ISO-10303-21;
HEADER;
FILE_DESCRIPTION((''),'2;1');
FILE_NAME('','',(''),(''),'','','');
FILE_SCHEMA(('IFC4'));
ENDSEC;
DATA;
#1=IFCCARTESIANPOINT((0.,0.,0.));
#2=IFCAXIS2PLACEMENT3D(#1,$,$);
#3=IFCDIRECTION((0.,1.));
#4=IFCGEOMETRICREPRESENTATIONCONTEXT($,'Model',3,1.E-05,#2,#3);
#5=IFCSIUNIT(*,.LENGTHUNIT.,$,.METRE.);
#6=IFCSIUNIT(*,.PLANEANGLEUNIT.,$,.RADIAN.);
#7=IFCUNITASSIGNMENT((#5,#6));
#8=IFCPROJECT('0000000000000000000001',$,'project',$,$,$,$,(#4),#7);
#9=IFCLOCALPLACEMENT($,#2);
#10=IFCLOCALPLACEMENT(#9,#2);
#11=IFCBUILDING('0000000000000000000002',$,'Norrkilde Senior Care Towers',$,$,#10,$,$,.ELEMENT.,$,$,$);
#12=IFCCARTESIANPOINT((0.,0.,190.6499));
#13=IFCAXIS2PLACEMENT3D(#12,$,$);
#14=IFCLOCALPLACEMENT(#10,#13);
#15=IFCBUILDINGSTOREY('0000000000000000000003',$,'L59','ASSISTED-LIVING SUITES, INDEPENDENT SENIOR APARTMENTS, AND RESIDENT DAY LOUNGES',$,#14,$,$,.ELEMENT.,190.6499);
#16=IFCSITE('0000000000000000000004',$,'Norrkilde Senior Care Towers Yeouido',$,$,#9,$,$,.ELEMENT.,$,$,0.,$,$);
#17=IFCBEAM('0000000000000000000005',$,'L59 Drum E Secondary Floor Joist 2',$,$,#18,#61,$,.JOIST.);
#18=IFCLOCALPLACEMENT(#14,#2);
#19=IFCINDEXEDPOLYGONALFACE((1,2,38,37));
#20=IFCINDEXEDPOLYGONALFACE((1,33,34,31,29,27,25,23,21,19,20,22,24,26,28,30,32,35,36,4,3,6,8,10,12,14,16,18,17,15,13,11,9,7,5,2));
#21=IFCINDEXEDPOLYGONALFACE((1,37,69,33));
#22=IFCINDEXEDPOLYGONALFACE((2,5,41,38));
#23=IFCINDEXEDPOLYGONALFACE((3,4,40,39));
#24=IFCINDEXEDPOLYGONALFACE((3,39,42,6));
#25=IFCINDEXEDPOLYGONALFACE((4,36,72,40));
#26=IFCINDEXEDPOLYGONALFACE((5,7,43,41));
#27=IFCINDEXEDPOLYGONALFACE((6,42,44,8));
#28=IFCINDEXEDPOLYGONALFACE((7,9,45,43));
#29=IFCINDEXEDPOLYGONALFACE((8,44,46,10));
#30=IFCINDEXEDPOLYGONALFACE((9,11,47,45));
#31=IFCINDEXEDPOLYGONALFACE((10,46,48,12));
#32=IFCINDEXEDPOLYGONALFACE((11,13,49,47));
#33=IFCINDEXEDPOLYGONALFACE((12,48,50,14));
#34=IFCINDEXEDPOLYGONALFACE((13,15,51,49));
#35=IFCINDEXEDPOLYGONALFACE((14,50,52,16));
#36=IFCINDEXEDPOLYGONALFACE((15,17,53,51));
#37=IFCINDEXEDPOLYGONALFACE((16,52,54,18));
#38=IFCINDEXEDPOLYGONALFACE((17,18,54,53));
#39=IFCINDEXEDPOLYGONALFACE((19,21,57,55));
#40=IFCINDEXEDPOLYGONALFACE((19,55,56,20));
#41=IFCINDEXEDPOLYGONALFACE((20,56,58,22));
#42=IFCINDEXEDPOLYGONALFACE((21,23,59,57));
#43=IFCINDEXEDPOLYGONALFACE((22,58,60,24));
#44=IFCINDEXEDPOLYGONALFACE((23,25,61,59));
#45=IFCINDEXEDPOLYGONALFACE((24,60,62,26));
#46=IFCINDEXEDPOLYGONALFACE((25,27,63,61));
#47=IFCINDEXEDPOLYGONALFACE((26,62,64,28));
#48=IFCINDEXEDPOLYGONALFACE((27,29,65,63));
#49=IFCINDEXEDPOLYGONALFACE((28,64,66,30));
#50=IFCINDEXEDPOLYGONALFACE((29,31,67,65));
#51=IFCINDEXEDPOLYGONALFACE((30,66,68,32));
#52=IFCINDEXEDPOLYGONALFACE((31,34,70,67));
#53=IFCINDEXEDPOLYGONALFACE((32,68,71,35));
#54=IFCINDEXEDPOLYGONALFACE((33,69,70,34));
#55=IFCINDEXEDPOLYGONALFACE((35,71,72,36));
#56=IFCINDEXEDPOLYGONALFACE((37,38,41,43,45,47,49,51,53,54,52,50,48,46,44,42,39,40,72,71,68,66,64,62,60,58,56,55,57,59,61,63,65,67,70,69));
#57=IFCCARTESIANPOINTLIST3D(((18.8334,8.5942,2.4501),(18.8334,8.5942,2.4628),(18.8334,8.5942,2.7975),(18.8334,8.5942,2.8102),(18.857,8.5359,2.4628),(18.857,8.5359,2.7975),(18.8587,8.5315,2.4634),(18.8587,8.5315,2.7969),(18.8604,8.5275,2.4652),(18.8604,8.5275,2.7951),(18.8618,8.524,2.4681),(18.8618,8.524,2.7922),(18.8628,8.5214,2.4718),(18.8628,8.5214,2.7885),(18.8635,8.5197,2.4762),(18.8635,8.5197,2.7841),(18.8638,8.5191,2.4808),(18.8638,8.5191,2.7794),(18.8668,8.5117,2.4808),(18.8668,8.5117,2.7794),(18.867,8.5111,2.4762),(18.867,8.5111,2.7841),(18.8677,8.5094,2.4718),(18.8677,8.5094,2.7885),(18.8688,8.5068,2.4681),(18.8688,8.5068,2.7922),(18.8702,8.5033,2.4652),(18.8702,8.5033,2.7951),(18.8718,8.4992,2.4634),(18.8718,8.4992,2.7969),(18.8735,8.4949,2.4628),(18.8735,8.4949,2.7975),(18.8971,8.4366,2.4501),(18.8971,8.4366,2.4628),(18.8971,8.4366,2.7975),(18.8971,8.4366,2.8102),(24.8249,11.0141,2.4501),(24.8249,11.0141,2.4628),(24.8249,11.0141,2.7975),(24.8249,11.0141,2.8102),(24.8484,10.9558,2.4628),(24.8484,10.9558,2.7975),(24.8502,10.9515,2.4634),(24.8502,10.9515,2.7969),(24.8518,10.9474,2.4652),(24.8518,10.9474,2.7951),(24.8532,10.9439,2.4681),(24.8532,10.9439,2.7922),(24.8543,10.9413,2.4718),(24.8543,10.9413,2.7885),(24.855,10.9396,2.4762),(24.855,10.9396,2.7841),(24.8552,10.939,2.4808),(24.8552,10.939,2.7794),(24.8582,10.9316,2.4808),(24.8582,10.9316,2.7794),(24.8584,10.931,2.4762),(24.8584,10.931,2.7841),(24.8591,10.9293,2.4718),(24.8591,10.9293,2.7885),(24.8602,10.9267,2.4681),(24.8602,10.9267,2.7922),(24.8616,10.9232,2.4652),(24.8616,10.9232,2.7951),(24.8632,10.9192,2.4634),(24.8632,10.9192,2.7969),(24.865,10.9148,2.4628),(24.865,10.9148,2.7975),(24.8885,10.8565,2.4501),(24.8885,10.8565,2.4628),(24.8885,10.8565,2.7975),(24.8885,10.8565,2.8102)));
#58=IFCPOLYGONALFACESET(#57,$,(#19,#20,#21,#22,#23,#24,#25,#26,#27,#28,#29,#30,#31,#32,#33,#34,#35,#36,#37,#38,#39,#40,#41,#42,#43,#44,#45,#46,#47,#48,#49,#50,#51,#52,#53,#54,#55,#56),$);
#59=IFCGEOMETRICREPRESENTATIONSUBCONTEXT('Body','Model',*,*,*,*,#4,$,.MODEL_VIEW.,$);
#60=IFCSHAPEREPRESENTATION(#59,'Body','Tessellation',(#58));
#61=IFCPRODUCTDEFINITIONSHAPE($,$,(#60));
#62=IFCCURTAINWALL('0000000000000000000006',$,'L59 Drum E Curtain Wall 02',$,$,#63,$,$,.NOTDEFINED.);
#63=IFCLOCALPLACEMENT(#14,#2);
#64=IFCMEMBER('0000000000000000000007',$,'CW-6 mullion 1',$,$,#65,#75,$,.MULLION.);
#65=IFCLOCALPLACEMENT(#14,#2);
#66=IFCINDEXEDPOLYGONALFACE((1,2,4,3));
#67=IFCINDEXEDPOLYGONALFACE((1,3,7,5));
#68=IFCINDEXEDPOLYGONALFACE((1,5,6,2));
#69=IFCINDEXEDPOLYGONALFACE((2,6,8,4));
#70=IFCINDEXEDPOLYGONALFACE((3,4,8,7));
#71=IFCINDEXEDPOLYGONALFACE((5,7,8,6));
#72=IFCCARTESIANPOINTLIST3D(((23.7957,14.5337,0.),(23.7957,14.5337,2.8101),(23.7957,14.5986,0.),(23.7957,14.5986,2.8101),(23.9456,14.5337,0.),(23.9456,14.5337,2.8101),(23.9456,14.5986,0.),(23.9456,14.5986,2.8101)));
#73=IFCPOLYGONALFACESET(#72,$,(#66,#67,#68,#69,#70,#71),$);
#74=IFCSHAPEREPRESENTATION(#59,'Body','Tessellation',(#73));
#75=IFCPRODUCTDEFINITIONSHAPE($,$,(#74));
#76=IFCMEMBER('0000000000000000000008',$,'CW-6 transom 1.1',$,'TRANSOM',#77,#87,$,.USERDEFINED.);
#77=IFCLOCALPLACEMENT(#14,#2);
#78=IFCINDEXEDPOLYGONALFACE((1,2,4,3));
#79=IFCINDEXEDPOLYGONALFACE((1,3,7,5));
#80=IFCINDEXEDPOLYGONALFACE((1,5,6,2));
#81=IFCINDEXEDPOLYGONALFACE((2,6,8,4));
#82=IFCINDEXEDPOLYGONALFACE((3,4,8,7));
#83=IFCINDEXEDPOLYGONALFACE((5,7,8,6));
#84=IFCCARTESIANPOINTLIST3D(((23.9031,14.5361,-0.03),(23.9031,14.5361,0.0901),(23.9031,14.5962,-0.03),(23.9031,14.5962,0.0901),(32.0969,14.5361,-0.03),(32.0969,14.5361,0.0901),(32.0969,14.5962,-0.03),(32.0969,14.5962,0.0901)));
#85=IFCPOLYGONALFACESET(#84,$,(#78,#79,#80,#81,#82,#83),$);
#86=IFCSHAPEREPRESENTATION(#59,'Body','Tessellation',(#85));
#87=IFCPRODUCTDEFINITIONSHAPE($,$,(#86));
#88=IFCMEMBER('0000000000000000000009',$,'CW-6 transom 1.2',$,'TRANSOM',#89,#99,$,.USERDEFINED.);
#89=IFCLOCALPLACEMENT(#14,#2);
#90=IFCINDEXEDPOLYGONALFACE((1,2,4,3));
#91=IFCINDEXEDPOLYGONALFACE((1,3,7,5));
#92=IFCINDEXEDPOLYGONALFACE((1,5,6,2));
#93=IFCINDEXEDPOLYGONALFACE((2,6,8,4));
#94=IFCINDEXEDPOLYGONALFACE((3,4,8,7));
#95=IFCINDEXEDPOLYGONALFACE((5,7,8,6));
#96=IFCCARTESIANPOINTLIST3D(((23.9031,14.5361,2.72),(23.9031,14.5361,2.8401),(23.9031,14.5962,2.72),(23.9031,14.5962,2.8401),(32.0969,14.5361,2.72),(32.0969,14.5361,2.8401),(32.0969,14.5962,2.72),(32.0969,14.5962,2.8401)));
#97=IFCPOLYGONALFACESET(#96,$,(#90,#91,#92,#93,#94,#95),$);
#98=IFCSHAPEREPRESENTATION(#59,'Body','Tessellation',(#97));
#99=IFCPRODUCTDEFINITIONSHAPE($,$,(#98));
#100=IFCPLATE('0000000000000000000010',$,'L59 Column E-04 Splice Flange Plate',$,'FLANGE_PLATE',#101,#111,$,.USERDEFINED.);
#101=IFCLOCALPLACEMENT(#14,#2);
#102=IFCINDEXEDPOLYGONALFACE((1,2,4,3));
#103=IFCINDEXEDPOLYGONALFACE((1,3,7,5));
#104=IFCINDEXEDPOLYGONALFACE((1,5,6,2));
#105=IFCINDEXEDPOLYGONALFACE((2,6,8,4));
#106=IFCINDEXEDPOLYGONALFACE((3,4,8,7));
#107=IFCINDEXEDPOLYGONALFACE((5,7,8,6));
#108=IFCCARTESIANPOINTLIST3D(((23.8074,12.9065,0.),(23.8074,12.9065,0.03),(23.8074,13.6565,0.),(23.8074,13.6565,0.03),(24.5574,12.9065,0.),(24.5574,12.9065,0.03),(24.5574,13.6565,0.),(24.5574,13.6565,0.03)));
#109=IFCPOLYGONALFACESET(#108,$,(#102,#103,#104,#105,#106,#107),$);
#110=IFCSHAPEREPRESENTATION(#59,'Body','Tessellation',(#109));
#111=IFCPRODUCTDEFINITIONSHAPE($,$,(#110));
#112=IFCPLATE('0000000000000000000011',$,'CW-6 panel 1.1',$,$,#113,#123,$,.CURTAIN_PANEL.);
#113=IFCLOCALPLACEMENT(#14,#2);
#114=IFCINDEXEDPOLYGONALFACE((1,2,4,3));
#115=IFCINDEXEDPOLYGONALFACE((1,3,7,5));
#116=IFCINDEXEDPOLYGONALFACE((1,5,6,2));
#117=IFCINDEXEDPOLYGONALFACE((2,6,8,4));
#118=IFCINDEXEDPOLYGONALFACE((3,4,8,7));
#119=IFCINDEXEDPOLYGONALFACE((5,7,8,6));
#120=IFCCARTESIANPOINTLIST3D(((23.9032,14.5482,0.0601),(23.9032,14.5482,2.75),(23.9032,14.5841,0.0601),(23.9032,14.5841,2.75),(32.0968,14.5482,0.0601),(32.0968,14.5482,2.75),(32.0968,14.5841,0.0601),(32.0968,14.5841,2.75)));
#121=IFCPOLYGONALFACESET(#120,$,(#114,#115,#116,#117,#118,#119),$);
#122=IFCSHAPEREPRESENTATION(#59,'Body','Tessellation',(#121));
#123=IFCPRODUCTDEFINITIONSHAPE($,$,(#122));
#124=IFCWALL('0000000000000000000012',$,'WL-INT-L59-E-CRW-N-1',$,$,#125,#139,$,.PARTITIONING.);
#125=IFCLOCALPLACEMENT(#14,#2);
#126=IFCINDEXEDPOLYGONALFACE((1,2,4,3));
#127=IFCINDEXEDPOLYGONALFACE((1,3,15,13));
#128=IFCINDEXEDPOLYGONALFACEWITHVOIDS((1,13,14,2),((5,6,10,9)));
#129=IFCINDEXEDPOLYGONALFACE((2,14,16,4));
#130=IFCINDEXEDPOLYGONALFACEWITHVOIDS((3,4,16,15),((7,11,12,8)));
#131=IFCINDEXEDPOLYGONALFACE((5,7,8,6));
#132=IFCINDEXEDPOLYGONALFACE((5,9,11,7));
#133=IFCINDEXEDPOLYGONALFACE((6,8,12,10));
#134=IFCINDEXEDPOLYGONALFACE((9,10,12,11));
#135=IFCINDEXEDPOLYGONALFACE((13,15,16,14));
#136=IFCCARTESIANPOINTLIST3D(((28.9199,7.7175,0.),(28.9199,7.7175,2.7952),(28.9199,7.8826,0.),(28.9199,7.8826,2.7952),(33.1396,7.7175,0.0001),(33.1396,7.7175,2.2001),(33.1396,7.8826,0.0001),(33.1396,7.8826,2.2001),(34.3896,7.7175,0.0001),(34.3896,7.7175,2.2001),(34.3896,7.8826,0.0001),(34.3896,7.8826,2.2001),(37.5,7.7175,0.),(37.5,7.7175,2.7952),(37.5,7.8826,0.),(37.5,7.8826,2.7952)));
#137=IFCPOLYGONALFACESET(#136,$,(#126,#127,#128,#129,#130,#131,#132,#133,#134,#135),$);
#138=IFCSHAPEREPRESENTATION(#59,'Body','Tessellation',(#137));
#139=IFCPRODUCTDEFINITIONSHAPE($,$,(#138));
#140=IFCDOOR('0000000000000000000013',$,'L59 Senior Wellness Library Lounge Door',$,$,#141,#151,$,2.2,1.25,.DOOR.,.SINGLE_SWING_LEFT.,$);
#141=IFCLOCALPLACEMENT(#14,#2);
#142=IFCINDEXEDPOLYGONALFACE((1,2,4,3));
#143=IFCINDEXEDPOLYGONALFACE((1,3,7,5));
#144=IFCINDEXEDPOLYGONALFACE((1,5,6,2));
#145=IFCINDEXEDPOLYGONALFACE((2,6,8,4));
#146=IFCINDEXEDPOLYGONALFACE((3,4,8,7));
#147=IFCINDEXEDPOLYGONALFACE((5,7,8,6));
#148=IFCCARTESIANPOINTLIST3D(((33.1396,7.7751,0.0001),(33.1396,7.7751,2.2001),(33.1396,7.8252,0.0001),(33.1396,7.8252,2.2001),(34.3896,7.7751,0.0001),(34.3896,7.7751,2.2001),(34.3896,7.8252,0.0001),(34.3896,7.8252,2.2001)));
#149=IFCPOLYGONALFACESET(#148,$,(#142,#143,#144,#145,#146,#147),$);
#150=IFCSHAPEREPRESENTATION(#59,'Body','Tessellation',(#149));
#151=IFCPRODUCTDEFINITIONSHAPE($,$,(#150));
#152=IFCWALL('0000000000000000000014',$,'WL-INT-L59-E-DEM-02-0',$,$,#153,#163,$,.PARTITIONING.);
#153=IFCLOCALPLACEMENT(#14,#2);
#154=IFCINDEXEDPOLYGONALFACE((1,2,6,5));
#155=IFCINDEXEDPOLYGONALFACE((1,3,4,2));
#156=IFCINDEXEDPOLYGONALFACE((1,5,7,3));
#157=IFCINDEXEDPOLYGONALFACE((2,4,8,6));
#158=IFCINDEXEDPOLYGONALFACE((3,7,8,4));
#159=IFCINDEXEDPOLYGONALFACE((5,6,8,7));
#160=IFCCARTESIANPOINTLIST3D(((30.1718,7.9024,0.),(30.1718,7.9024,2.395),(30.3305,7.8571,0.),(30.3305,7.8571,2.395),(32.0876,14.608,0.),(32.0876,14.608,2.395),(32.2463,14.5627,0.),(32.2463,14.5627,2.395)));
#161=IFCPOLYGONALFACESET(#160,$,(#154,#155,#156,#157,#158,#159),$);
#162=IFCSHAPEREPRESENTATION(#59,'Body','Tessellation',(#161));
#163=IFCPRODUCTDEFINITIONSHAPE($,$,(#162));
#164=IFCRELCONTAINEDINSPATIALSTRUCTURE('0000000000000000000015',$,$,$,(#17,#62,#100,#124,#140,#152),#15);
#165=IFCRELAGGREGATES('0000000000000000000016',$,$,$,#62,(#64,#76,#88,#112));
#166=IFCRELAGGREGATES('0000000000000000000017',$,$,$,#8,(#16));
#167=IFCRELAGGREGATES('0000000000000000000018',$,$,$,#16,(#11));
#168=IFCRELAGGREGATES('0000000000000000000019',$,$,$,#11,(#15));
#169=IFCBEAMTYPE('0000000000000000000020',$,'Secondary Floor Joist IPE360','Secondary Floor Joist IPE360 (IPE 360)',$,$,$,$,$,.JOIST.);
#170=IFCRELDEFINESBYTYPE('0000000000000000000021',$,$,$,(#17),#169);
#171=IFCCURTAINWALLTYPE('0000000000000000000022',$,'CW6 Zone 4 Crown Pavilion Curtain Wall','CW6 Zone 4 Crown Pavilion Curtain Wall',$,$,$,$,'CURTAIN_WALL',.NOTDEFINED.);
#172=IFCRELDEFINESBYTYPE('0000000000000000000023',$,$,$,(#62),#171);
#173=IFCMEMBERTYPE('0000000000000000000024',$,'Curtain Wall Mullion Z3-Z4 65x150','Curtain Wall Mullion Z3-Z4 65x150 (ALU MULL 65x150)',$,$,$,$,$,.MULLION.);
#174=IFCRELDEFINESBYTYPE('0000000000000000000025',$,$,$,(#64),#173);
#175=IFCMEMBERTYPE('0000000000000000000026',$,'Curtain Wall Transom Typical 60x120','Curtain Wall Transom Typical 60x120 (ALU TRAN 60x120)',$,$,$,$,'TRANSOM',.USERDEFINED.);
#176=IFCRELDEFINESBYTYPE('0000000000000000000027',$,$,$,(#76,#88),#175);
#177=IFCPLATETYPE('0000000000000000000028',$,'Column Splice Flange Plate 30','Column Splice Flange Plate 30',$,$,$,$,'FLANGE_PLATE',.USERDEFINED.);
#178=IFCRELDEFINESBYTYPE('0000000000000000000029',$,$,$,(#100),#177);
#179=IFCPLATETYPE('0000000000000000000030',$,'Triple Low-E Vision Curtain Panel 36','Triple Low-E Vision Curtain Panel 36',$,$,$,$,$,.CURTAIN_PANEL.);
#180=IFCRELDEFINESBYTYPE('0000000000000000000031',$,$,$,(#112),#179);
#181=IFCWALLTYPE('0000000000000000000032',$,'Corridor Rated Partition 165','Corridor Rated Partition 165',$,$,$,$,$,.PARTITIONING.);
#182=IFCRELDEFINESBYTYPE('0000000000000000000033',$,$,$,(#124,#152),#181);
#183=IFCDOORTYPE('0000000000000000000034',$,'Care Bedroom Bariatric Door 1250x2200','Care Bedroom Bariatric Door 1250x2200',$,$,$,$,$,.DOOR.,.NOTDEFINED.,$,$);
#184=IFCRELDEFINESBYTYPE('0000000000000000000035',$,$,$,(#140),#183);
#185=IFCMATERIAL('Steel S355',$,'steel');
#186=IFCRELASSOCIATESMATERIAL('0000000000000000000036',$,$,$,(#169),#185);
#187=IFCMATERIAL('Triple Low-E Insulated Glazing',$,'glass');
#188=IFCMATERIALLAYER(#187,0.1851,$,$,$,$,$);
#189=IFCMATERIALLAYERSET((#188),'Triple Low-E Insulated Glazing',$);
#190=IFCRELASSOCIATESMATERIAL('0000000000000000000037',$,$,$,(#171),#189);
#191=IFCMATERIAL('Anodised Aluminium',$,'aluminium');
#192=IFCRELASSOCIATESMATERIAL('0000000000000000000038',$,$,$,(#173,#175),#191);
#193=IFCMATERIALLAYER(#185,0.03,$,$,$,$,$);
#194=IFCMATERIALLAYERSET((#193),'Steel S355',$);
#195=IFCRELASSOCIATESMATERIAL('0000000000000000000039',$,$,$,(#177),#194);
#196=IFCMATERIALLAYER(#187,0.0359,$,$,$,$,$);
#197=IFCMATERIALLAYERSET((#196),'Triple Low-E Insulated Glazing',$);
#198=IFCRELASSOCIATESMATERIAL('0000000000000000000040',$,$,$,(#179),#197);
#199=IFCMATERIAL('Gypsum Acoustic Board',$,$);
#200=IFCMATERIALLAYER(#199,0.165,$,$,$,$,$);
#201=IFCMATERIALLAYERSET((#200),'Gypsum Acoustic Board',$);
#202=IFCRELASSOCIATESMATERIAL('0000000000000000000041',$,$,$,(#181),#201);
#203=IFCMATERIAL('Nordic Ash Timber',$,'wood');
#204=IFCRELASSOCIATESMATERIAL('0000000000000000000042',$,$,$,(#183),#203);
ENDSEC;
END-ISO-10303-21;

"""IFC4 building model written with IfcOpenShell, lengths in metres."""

from ifc_helpers import new_model, si_unit, direction, frame, frame_2d, origin, origin_2d, place, context, subcontext, project, spatial, rectangle, i_section, extrude, source, transform, mapped, material, layer, layer_set, material_profile, profile_set, type_object, type_shapes, element, fill, aggregate, save


model = new_model("IFC4")

# Units and contexts
model_context = context("Model", 3, precision=1e-05, world=origin(), true_north=direction((0.0, 1.0)))
body_context = subcontext(model_context, "Body", "Model", "MODEL_VIEW")
ifc_project = project(units=[si_unit("LENGTHUNIT", "METRE"), si_unit("PLANEANGLEUNIT", "RADIAN")], contexts=[model_context])

# Site, building, storey
site_placement = place(None, origin())
site = spatial("IfcSite", under=ifc_project, at=site_placement, Name="Norrkilde Senior Care Towers Yeouido", CompositionType="ELEMENT", RefElevation=0.0)
building_placement = place(site_placement, origin())
building = spatial("IfcBuilding", under=site, at=building_placement, Name="Norrkilde Senior Care Towers", CompositionType="ELEMENT")
storey_placement = place(building_placement, frame((0.0, 0.0, 190.6499)))
storey = spatial("IfcBuildingStorey", under=building, at=storey_placement, Name="L59", Description="ASSISTED-LIVING SUITES, INDEPENDENT SENIOR APARTMENTS, AND RESIDENT DAY LOUNGES", CompositionType="ELEMENT", Elevation=190.6499)

# Beam
ifc_material_1 = material(Name="Steel S355", Category="steel")
ifc_material_profile_1 = material_profile(ifc_material_1, i_section(OverallWidth=0.1699, OverallDepth=0.3601, WebThickness=0.0081, FlangeThickness=0.0127, FilletRadius=0.0181, at=origin_2d()), Name="IPE 360")
ifc_profile_set_1 = profile_set([ifc_material_profile_1], Name="Steel S355")
beam_type_1 = type_object("IfcBeamType", Name="Secondary Floor Joist IPE360", Description="Secondary Floor Joist IPE360 (IPE 360)", PredefinedType="JOIST", material=ifc_profile_set_1)
shared_shape_1 = source(origin(), body_context, "Body", "SweptSolid", [
    extrude(i_section(OverallWidth=0.1699, OverallDepth=0.3601, WebThickness=0.0081, FlangeThickness=0.0127, FilletRadius=0.0181, at=origin_2d()), origin(), (0.0, 0.0, 1.0), 6.4617),
])
type_shapes(beam_type_1, [shared_shape_1])
beam_1_placement = place(storey_placement, frame((24.8567, 10.9353, 2.6301), z_axis=(-0.927226, -0.374502, 0.0), x_axis=(0.374502, -0.927226, 0.0)))
element("IfcBeam", 1, at=beam_1_placement, inside=storey, type_object=beam_type_1, Name="L59 Drum E Secondary Floor Joist 2", PredefinedType="JOIST", context=body_context, shape_type="MappedRepresentation", body=[
    mapped(shared_shape_1, transform((0.0, 0.0, 0.0), x_axis=(1.0, 0.0, 0.0), y_axis=(0.0, 1.0, 0.0), z_axis=(0.0, 0.0, 1.0), scale=1.0)),
])

# Curtain wall, members
ifc_material_2 = material(Name="Triple Low-E Insulated Glazing", Category="glass")
ifc_layer_1 = layer(ifc_material_2, 0.1851)
ifc_layer_set_1 = layer_set([ifc_layer_1], Name="Triple Low-E Insulated Glazing")
curtain_wall_type = type_object("IfcCurtainWallType", Name="CW6 Zone 4 Crown Pavilion Curtain Wall", Description="CW6 Zone 4 Crown Pavilion Curtain Wall", ElementType="CURTAIN_WALL", PredefinedType="NOTDEFINED", material=ifc_layer_set_1)
curtain_wall_placement = place(storey_placement, origin())
curtain_wall = element("IfcCurtainWall", 2, at=curtain_wall_placement, inside=storey, type_object=curtain_wall_type, Name="L59 Drum E Curtain Wall 02", PredefinedType="NOTDEFINED")
ifc_material_3 = material(Name="Anodised Aluminium", Category="aluminium")
ifc_material_profile_2 = material_profile(ifc_material_3, rectangle(XDim=0.0649, YDim=0.1499, at=origin_2d()), Name="ALU MULL 65x150")
ifc_profile_set_2 = profile_set([ifc_material_profile_2], Name="Anodised Aluminium")
member_type_1 = type_object("IfcMemberType", Name="Curtain Wall Mullion Z3-Z4 65x150", Description="Curtain Wall Mullion Z3-Z4 65x150 (ALU MULL 65x150)", PredefinedType="MULLION", material=ifc_profile_set_2)
shared_shape_2 = source(origin(), body_context, "Body", "SweptSolid", [
    extrude(rectangle(XDim=0.0649, YDim=0.1499, at=origin_2d()), origin(), (0.0, 0.0, 1.0), 2.8101),
])
type_shapes(member_type_1, [shared_shape_2])
member_1_placement = place(storey_placement, frame((23.8706, 14.5662, 0.0), z_axis=(0.0, 0.0, 1.0), x_axis=(0.0, 1.0, 0.0)))
member_1 = element("IfcMember", 3, at=member_1_placement, type_object=member_type_1, Name="CW-6 mullion 1", PredefinedType="MULLION", context=body_context, shape_type="MappedRepresentation", body=[
    mapped(shared_shape_2, transform((0.0, 0.0, 0.0), x_axis=(1.0, 0.0, 0.0), y_axis=(0.0, 1.0, 0.0), z_axis=(0.0, 0.0, 1.0), scale=1.0)),
])
ifc_material_profile_3 = material_profile(ifc_material_3, rectangle(XDim=0.0601, YDim=0.1201, at=origin_2d()), Name="ALU TRAN 60x120")
ifc_profile_set_3 = profile_set([ifc_material_profile_3], Name="Anodised Aluminium")
member_type_2 = type_object("IfcMemberType", Name="Curtain Wall Transom Typical 60x120", Description="Curtain Wall Transom Typical 60x120 (ALU TRAN 60x120)", ElementType="TRANSOM", PredefinedType="USERDEFINED", material=ifc_profile_set_3)
shared_shape_3 = source(origin(), body_context, "Body", "SweptSolid", [
    extrude(rectangle(XDim=0.0601, YDim=0.1201, at=origin_2d()), origin(), (0.0, 0.0, 1.0), 8.1938),
])
type_shapes(member_type_2, [shared_shape_3])
member_2_placement = place(storey_placement, frame((23.9031, 14.5662, 0.03), z_axis=(1.0, 0.0, 0.0), x_axis=(0.0, 1.0, 0.0)))
member_2 = element("IfcMember", 4, at=member_2_placement, type_object=member_type_2, Name="CW-6 transom 1.1", ObjectType="TRANSOM", PredefinedType="USERDEFINED", context=body_context, shape_type="MappedRepresentation", body=[
    mapped(shared_shape_3, transform((0.0, 0.0, 0.0), x_axis=(1.0, 0.0, 0.0), y_axis=(0.0, 1.0, 0.0), z_axis=(0.0, 0.0, 1.0), scale=1.0)),
])
member_3_placement = place(storey_placement, frame((23.9031, 14.5662, 2.78), z_axis=(1.0, 0.0, 0.0), x_axis=(0.0, 1.0, 0.0)))
member_3 = element("IfcMember", 5, at=member_3_placement, type_object=member_type_2, Name="CW-6 transom 1.2", ObjectType="TRANSOM", PredefinedType="USERDEFINED", context=body_context, shape_type="MappedRepresentation", body=[
    mapped(shared_shape_3, transform((0.0, 0.0, 0.0), x_axis=(1.0, 0.0, 0.0), y_axis=(0.0, 1.0, 0.0), z_axis=(0.0, 0.0, 1.0), scale=1.0)),
])

# Plates
ifc_layer_2 = layer(ifc_material_1, 0.03)
ifc_layer_set_2 = layer_set([ifc_layer_2], Name="Steel S355")
plate_type_1 = type_object("IfcPlateType", Name="Column Splice Flange Plate 30", Description="Column Splice Flange Plate 30", ElementType="FLANGE_PLATE", PredefinedType="USERDEFINED", material=ifc_layer_set_2)
shared_shape_4 = source(origin(), body_context, "Body", "SweptSolid", [
    extrude(rectangle(XDim=0.75, YDim=0.75, at=origin_2d()), origin(), (0.0, 0.0, 1.0), 0.03),
])
type_shapes(plate_type_1, [shared_shape_4])
plate_1_placement = place(storey_placement, frame((24.1824, 13.2815, 0.0), z_axis=(0.0, 0.0, 1.0), x_axis=(1.0, 0.0, 0.0)))
element("IfcPlate", 6, at=plate_1_placement, inside=storey, type_object=plate_type_1, Name="L59 Column E-04 Splice Flange Plate", ObjectType="FLANGE_PLATE", PredefinedType="USERDEFINED", context=body_context, shape_type="MappedRepresentation", body=[
    mapped(shared_shape_4, transform((0.0, 0.0, 0.0), x_axis=(1.0, 0.0, 0.0), y_axis=(0.0, 1.0, 0.0), z_axis=(0.0, 0.0, 1.0), scale=1.0)),
])
ifc_layer_3 = layer(ifc_material_2, 0.0359)
ifc_layer_set_3 = layer_set([ifc_layer_3], Name="Triple Low-E Insulated Glazing")
plate_type_2 = type_object("IfcPlateType", Name="Triple Low-E Vision Curtain Panel 36", Description="Triple Low-E Vision Curtain Panel 36", PredefinedType="CURTAIN_PANEL", material=ifc_layer_set_3)
shared_shape_5 = source(origin(), body_context, "Body", "SweptSolid", [
    extrude(rectangle(XDim=8.1936, YDim=0.0359, at=origin_2d()), origin(), (0.0, 0.0, 1.0), 2.6899),
])
type_shapes(plate_type_2, [shared_shape_5])
plate_2_placement = place(storey_placement, frame((28.0, 14.5662, 0.0601), z_axis=(0.0, 0.0, 1.0), x_axis=(1.0, 0.0, 0.0)))
plate_2 = element("IfcPlate", 7, at=plate_2_placement, type_object=plate_type_2, Name="CW-6 panel 1.1", PredefinedType="CURTAIN_PANEL", context=body_context, shape_type="MappedRepresentation", body=[
    mapped(shared_shape_5, transform((0.0, 0.0, 0.0), x_axis=(1.0, 0.0, 0.0), y_axis=(0.0, 1.0, 0.0), z_axis=(0.0, 0.0, 1.0), scale=1.0)),
])
aggregate(curtain_wall, [member_1, member_2, member_3, plate_2])

# Wall, opening, door
ifc_material_4 = material(Name="Gypsum Acoustic Board")
ifc_layer_4 = layer(ifc_material_4, 0.165)
ifc_layer_set_4 = layer_set([ifc_layer_4], Name="Gypsum Acoustic Board")
wall_type = type_object("IfcWallType", Name="Corridor Rated Partition 165", Description="Corridor Rated Partition 165", PredefinedType="PARTITIONING", material=ifc_layer_set_4)
shared_shape_6 = source(origin(), body_context, "Body", "SweptSolid", [
    extrude(rectangle(XDim=8.5801, YDim=0.165, at=frame_2d((4.29, 0.0))), origin(), (0.0, 0.0, 1.0), 2.7952),
])
wall_1_placement = place(storey_placement, frame((28.9199, 7.8, 0.0), z_axis=(0.0, 0.0, 1.0), x_axis=(1.0, 0.0, 0.0)))
wall_1 = element("IfcWall", 8, at=wall_1_placement, inside=storey, type_object=wall_type, Name="WL-INT-L59-E-CRW-N-1", PredefinedType="PARTITIONING", context=body_context, shape_type="MappedRepresentation", body=[
    mapped(shared_shape_6, transform((0.0, 0.0, 0.0), x_axis=(1.0, 0.0, 0.0), y_axis=(0.0, 1.0, 0.0), z_axis=(0.0, 0.0, 1.0), scale=1.0)),
])
opening_1_placement = place(wall_1_placement, frame((4.2197, 0.0, 0.0)))
opening_1 = element("IfcOpeningElement", 9, at=opening_1_placement, cuts=wall_1, PredefinedType="OPENING", context=body_context, shape_type="SweptSolid", body=[
    extrude(rectangle(XDim=1.25, YDim=2.2, at=frame_2d((0.625, 1.1001))), frame((0.0, 0.0925, 0.0), z_axis=(0.0, -1.0, 0.0), x_axis=(1.0, 0.0, 0.0)), (0.0, 0.0, 1.0), 0.1851),
])
ifc_material_5 = material(Name="Nordic Ash Timber", Category="wood")
door_type_1 = type_object("IfcDoorType", Name="Care Bedroom Bariatric Door 1250x2200", Description="Care Bedroom Bariatric Door 1250x2200", OperationType="NOTDEFINED", PredefinedType="DOOR", material=ifc_material_5)
shared_shape_7 = source(origin(), body_context, "Body", "SweptSolid", [
    extrude(rectangle(XDim=1.25, YDim=2.2, at=frame_2d((0.625, 1.1001))), frame((0.0, 0.0249, 0.0), z_axis=(0.0, -1.0, 0.0), x_axis=(1.0, 0.0, 0.0)), (0.0, 0.0, 1.0), 0.05),
])
type_shapes(door_type_1, [shared_shape_7])
door_1_placement = place(opening_1_placement, frame((1.25, 0.0, 0.0), z_axis=(0.0, 0.0, 1.0), x_axis=(-1.0, 0.0, 0.0)))
door_1 = element("IfcDoor", 10, at=door_1_placement, inside=storey, type_object=door_type_1, Name="L59 Senior Wellness Library Lounge Door", OperationType="SINGLE_SWING_LEFT", OverallHeight=2.2, OverallWidth=1.25, PredefinedType="DOOR", context=body_context, shape_type="MappedRepresentation", body=[
    mapped(shared_shape_7, transform((0.0, 0.0, 0.0), x_axis=(1.0, 0.0, 0.0), y_axis=(0.0, 1.0, 0.0), z_axis=(0.0, 0.0, 1.0), scale=1.0)),
])
fill(opening_1, door_1)

# Wall
shared_shape_8 = source(origin(), body_context, "Body", "SweptSolid", [
    extrude(rectangle(XDim=6.9739, YDim=0.165, at=frame_2d((3.4868, 0.0))), origin(), (0.0, 0.0, 1.0), 2.395),
])
for number, where, z_axis, x_axis, name in (
    (11, (30.2512, 7.8799, 0.0), (0.0, 0.0, 1.0), (0.274707, 0.961528, 0.0), "WL-INT-L59-E-DEM-02-0"),
):
    element("IfcWall", number, at=place(storey_placement, frame(where, z_axis=z_axis, x_axis=x_axis)), inside=storey, type_object=wall_type, Name=name, PredefinedType="PARTITIONING", context=body_context, shape_type="MappedRepresentation", body=[
        mapped(shared_shape_8, transform((0.0, 0.0, 0.0), x_axis=(1.0, 0.0, 0.0), y_axis=(0.0, 1.0, 0.0), z_axis=(0.0, 0.0, 1.0), scale=1.0)),
    ])

save(model, "model.ifc")
